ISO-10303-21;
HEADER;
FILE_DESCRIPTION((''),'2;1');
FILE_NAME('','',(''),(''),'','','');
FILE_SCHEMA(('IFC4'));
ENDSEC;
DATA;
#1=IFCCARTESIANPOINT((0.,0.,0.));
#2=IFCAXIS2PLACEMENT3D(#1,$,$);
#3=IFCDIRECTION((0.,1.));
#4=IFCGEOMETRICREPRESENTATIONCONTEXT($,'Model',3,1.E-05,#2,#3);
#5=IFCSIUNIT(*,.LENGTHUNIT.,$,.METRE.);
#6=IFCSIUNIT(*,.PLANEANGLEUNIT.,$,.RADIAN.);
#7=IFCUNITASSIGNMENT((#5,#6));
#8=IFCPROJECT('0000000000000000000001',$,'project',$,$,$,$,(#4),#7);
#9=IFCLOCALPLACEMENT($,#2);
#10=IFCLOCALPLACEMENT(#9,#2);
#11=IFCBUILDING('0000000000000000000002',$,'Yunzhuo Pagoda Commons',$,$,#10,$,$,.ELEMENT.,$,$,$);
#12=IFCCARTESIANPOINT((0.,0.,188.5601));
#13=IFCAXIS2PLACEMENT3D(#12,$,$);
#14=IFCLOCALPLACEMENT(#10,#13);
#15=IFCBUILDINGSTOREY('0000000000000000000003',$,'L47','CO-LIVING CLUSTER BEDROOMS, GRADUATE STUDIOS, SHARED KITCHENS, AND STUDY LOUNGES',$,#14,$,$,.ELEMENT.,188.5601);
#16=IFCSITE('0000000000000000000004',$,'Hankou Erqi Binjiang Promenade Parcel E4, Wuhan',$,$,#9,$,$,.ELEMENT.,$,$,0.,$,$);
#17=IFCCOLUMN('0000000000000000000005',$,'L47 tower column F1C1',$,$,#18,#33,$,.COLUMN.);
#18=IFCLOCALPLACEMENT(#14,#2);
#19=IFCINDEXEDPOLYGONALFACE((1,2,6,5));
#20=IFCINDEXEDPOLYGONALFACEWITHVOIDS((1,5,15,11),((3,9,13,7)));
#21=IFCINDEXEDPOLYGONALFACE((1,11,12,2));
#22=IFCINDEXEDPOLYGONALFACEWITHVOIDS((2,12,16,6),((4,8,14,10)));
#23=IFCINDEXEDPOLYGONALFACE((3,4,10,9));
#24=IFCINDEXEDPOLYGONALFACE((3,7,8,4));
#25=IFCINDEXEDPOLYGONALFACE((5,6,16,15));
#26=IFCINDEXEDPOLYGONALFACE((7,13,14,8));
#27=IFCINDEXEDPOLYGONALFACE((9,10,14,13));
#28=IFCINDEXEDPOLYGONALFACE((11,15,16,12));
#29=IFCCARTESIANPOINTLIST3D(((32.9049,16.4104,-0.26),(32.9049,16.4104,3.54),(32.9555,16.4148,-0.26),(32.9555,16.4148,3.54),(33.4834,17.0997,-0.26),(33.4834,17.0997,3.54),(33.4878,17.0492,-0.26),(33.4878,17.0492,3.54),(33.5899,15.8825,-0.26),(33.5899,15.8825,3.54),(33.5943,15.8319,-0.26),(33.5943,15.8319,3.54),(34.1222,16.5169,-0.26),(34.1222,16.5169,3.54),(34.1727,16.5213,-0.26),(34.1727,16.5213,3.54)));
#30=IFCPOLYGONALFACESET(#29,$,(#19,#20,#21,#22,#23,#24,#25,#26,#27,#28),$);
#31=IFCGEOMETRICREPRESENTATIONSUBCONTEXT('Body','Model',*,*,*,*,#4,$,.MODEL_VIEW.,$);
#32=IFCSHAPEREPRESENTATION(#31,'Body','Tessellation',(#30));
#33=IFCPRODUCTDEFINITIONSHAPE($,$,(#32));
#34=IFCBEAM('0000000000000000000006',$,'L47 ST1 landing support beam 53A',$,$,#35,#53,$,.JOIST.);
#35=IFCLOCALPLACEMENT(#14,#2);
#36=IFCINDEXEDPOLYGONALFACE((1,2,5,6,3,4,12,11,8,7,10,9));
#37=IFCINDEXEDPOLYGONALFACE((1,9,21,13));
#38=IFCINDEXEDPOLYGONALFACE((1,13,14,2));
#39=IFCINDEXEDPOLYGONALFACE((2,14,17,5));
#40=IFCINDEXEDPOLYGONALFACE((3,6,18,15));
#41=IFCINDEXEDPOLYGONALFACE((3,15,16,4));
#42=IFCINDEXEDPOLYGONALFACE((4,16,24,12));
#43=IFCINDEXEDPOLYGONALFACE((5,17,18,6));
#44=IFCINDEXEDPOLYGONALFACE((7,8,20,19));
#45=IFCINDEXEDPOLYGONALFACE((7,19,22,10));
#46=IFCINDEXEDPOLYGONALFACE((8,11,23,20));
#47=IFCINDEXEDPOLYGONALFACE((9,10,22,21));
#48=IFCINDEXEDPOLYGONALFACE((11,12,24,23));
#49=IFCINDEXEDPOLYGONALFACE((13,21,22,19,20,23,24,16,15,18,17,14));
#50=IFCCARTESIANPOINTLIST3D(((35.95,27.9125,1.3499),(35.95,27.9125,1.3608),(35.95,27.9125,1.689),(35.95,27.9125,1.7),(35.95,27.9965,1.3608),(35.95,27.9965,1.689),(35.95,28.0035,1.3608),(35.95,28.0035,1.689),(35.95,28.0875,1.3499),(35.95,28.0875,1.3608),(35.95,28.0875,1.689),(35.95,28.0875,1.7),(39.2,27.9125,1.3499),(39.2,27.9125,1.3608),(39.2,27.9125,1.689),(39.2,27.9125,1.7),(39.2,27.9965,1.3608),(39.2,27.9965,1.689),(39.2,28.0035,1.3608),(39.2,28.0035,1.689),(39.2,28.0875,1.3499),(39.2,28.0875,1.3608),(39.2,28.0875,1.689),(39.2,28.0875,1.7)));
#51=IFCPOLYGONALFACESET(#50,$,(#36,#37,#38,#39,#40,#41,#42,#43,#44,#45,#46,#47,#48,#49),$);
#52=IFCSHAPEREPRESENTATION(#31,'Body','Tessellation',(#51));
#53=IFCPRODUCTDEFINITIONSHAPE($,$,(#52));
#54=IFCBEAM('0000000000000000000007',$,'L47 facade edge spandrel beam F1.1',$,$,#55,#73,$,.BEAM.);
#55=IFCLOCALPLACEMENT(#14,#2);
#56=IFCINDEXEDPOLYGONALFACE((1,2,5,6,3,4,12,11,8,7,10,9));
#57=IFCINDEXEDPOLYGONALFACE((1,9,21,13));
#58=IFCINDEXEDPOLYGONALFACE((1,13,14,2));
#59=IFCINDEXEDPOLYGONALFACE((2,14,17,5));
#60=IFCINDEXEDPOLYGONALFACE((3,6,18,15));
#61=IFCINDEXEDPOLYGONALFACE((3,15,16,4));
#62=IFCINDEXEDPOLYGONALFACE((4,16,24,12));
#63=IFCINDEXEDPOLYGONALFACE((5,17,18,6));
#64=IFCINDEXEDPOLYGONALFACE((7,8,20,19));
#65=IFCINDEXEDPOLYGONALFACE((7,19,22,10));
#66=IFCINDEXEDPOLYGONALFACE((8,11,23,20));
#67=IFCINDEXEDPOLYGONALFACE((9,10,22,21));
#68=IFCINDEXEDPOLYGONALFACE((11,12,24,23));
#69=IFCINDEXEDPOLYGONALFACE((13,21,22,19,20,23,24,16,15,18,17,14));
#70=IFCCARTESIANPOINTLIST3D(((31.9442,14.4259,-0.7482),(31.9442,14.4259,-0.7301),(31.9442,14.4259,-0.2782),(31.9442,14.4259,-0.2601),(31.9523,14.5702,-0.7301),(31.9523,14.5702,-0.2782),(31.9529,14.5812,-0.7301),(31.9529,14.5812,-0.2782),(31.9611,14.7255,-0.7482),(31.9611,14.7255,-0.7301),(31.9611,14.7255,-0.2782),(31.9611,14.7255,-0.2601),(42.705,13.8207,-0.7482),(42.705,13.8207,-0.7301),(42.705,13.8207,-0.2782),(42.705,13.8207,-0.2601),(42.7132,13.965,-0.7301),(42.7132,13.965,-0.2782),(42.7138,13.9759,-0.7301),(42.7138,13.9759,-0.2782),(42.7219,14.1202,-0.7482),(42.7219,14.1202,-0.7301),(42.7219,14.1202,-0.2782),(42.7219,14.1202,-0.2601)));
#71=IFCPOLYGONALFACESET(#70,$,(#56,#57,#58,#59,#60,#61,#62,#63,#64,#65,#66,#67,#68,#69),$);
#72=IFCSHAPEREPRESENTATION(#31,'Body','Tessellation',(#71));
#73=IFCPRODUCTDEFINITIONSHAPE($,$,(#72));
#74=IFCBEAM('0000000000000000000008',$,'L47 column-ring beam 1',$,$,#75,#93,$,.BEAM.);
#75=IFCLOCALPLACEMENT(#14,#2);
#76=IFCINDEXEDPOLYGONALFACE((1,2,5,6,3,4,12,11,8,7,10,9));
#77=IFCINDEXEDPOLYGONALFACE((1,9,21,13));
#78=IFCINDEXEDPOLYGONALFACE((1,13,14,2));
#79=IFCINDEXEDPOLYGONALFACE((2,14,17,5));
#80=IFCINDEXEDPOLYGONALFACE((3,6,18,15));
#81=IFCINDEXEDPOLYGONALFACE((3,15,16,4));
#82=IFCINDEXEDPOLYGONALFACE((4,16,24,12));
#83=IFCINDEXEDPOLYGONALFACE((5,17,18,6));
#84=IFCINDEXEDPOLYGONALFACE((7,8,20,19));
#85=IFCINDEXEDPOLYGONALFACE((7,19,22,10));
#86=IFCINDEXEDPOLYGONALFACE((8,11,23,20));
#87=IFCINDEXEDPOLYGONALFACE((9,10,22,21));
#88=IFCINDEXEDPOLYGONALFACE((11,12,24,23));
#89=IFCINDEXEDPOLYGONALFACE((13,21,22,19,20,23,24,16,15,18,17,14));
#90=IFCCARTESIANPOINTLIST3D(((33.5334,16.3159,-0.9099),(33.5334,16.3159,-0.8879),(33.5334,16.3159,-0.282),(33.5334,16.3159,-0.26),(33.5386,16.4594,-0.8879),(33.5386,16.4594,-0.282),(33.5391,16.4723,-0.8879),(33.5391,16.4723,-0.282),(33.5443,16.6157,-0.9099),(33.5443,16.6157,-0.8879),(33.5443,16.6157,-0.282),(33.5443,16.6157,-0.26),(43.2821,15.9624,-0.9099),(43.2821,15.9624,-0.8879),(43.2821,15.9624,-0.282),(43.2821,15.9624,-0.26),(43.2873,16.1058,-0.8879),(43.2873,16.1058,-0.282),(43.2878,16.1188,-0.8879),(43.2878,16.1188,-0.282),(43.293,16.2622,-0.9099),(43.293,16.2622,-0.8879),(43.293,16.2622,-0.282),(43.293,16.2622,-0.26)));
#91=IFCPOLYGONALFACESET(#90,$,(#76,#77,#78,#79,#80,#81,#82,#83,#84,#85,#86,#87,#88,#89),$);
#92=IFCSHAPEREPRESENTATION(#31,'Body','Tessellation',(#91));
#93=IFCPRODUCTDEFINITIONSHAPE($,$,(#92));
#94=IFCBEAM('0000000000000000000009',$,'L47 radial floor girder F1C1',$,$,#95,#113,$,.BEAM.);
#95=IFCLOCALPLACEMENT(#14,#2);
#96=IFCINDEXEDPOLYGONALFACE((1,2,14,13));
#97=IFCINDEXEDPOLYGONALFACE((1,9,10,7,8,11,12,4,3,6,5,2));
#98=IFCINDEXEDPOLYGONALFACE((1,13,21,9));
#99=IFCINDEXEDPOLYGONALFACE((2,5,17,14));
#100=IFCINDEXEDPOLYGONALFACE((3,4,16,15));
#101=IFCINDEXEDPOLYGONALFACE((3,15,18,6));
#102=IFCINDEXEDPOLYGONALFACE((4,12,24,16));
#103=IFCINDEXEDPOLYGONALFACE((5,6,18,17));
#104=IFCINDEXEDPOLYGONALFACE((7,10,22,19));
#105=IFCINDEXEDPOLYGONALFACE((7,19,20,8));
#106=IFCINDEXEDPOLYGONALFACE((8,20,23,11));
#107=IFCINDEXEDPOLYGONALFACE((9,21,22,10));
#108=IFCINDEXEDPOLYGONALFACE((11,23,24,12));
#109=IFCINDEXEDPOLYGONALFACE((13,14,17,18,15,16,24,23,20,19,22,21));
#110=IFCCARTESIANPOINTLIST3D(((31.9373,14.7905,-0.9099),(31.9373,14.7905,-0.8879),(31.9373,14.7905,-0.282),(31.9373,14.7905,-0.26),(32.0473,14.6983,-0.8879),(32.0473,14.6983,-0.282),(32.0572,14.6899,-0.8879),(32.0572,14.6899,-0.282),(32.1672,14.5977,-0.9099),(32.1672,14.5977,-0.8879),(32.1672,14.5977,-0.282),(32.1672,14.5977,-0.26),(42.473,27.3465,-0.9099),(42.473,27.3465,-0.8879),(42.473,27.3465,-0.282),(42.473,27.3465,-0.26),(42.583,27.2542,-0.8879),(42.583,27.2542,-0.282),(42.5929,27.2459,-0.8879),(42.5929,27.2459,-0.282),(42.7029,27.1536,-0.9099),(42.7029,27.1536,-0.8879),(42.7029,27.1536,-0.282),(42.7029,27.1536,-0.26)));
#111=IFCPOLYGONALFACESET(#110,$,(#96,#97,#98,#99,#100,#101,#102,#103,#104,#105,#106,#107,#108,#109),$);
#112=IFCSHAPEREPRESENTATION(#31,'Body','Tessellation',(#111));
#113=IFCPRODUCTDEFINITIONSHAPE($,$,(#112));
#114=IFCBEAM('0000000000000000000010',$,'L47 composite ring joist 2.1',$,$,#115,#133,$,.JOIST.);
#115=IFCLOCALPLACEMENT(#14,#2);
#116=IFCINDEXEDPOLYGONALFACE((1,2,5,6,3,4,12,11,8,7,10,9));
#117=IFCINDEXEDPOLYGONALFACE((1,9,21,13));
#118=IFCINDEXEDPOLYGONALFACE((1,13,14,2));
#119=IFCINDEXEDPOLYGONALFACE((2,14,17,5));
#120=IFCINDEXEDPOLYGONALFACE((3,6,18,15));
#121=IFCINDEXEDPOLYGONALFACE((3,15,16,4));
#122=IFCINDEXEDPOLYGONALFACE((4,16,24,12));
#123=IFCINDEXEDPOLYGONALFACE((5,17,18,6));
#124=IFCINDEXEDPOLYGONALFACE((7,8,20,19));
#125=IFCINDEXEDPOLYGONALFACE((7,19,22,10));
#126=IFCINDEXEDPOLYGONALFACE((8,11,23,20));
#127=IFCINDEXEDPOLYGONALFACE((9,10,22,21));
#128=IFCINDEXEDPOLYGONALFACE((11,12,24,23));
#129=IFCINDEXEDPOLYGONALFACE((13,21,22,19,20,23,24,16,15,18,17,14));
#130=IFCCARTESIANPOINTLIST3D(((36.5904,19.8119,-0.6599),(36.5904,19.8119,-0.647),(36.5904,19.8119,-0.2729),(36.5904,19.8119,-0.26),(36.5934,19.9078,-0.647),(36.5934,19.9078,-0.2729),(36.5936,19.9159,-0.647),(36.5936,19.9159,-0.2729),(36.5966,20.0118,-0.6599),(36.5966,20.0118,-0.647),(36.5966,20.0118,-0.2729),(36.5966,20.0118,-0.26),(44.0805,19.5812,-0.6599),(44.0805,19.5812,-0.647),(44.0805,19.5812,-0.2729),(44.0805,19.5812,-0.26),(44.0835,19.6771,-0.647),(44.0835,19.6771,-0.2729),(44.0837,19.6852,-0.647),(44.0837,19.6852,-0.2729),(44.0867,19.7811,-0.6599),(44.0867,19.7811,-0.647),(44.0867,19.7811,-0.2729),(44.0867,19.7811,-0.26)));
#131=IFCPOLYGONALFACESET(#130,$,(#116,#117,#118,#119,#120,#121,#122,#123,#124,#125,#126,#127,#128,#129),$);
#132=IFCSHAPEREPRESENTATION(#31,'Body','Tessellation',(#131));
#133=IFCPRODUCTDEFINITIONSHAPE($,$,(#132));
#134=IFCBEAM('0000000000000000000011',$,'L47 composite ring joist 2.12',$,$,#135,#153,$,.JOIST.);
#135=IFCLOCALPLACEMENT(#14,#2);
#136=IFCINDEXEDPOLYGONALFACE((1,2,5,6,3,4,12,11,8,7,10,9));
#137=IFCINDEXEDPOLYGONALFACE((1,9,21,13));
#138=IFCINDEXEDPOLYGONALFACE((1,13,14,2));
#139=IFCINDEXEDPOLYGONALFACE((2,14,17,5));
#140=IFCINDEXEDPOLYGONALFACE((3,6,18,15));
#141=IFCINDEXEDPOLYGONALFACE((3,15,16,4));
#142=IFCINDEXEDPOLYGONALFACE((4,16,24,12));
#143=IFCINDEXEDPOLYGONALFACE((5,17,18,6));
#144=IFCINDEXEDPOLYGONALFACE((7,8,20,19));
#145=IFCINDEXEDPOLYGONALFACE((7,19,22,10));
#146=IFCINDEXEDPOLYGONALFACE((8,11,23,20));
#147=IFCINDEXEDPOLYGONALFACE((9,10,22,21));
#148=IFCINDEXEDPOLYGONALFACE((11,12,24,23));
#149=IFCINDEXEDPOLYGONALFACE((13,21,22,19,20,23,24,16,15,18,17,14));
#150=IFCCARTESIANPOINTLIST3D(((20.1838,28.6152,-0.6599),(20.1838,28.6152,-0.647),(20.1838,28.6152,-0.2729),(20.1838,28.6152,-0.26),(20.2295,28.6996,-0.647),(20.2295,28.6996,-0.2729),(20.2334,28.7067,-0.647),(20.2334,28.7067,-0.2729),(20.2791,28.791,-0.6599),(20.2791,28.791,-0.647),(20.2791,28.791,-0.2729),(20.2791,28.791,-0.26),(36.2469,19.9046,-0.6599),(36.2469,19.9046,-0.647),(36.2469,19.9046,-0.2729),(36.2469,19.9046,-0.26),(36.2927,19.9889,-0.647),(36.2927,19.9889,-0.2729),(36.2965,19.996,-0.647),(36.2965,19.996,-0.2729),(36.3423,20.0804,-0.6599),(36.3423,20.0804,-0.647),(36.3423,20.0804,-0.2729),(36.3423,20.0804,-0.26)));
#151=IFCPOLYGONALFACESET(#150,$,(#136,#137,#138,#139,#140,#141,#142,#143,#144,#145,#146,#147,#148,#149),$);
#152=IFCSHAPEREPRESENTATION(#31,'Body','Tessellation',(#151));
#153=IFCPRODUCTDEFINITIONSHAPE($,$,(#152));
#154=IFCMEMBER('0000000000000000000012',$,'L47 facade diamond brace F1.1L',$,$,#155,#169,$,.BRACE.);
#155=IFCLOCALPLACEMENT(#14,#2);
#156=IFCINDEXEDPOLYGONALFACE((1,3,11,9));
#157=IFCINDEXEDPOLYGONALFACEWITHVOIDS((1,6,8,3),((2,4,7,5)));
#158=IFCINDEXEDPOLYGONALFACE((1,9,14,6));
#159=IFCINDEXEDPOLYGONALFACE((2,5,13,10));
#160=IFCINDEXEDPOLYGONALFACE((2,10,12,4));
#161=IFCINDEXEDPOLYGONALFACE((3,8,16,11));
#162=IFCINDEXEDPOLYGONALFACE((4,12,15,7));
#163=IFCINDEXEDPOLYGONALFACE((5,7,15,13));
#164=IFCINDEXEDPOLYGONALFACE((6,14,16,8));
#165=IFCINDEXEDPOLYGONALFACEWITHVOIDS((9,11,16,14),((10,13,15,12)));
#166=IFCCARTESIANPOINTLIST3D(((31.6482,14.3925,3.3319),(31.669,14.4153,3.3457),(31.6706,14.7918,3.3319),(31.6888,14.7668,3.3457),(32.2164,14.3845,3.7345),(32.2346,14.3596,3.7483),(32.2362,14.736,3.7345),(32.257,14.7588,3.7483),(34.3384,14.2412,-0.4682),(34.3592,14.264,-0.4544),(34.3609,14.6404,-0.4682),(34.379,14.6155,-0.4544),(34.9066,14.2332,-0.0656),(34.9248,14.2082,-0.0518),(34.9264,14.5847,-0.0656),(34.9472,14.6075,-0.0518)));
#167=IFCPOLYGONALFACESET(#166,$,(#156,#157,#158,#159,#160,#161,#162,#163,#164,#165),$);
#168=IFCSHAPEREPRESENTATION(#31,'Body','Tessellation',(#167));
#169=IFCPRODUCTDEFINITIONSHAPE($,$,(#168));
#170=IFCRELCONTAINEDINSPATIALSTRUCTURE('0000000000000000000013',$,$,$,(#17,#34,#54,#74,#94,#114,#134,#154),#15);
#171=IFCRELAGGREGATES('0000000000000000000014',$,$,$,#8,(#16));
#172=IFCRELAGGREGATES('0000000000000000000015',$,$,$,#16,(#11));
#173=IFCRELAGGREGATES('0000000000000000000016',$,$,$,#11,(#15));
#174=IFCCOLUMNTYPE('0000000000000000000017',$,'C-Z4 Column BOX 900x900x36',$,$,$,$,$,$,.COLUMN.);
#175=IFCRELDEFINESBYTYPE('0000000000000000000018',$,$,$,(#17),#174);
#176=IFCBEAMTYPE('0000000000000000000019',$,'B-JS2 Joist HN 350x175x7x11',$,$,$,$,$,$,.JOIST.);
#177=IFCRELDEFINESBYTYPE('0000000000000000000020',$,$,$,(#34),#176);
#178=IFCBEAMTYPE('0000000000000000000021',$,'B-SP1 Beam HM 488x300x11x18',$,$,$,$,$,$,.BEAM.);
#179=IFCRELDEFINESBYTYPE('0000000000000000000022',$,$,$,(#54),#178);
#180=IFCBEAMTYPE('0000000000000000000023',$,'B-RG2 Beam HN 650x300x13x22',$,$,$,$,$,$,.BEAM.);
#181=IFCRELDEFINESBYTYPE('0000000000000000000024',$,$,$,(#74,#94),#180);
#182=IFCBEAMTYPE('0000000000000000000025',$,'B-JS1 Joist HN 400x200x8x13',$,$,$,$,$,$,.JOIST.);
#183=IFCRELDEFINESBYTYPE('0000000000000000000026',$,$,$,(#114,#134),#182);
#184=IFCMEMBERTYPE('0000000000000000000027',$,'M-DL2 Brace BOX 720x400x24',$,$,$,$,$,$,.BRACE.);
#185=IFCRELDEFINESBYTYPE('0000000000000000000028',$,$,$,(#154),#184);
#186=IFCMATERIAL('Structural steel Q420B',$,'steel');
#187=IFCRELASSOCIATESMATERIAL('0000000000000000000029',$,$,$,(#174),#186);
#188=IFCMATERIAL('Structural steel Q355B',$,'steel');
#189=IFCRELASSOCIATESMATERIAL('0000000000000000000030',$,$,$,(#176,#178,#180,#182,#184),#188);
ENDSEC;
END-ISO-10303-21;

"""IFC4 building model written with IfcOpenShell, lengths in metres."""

from ifc_helpers import new_model, si_unit, direction, frame, origin, origin_2d, place, context, subcontext, project, spatial, hollow_rectangle, i_section, extrude, source, transform, mapped, material, material_profile, profile_set, type_object, element, save


model = new_model("IFC4")

# Units and contexts
model_context = context("Model", 3, precision=1e-05, world=origin(), true_north=direction((0.0, 1.0)))
body_context = subcontext(model_context, "Body", "Model", "MODEL_VIEW")
ifc_project = project(units=[si_unit("LENGTHUNIT", "METRE"), si_unit("PLANEANGLEUNIT", "RADIAN")], contexts=[model_context])

# Site, building, storey
site_placement = place(None, origin())
site = spatial("IfcSite", under=ifc_project, at=site_placement, Name="Hankou Erqi Binjiang Promenade Parcel E4, Wuhan", CompositionType="ELEMENT", RefElevation=0.0)
building_placement = place(site_placement, origin())
building = spatial("IfcBuilding", under=site, at=building_placement, Name="Yunzhuo Pagoda Commons", CompositionType="ELEMENT")
storey_placement = place(building_placement, frame((0.0, 0.0, 188.5601)))
storey = spatial("IfcBuildingStorey", under=building, at=storey_placement, Name="L47", Description="CO-LIVING CLUSTER BEDROOMS, GRADUATE STUDIOS, SHARED KITCHENS, AND STUDY LOUNGES", CompositionType="ELEMENT", Elevation=188.5601)

# Column
ifc_material_1 = material(Name="Structural steel Q420B", Category="steel")
ifc_material_profile_1 = material_profile(ifc_material_1, hollow_rectangle(XDim=0.8999, YDim=0.8999, WallThickness=0.0359, at=origin_2d()), Name="Structural steel Q420B")
ifc_profile_set_1 = profile_set([ifc_material_profile_1], Name="Structural steel Q420B")
column_type = type_object("IfcColumnType", Name="C-Z4 Column BOX 900x900x36", PredefinedType="COLUMN", material=ifc_profile_set_1)
shared_shape_1 = source(origin(), body_context, "Body", "SweptSolid", [
    extrude(hollow_rectangle(XDim=0.8999, YDim=0.8999, WallThickness=0.0359, at=origin_2d()), origin(), (0.0, 0.0, 1.0), 3.8),
])
column_placement = place(storey_placement, frame((33.5388, 16.4658, -0.26), z_axis=(0.0, 0.0, 1.0), x_axis=(0.766044, -0.642788, 0.0)))
element("IfcColumn", 1, at=column_placement, inside=storey, type_object=column_type, Name="L47 tower column F1C1", PredefinedType="COLUMN", context=body_context, shape_type="MappedRepresentation", body=[
    mapped(shared_shape_1, transform((0.0, 0.0, 0.0), scale=1.0)),
])

# Beams
ifc_material_2 = material(Name="Structural steel Q355B", Category="steel")
ifc_material_profile_2 = material_profile(ifc_material_2, i_section(OverallWidth=0.175, OverallDepth=0.3501, WebThickness=0.0071, FlangeThickness=0.011, at=origin_2d()), Name="Structural steel Q355B")
ifc_profile_set_2 = profile_set([ifc_material_profile_2], Name="Structural steel Q355B")
beam_type_1 = type_object("IfcBeamType", Name="B-JS2 Joist HN 350x175x7x11", PredefinedType="JOIST", material=ifc_profile_set_2)
shared_shape_2 = source(origin(), body_context, "Body", "SweptSolid", [
    extrude(i_section(OverallWidth=0.175, OverallDepth=0.3501, WebThickness=0.0071, FlangeThickness=0.011, at=origin_2d()), origin(), (0.0, 0.0, 1.0), 3.25),
])
beam_1_placement = place(storey_placement, frame((35.95, 28.0, 1.5249), z_axis=(1.0, 0.0, 0.0), x_axis=(0.0, 1.0, 0.0)))
element("IfcBeam", 2, at=beam_1_placement, inside=storey, type_object=beam_type_1, Name="L47 ST1 landing support beam 53A", PredefinedType="JOIST", context=body_context, shape_type="MappedRepresentation", body=[
    mapped(shared_shape_2, transform((0.0, 0.0, 0.0), scale=1.0)),
])
ifc_material_profile_3 = material_profile(ifc_material_2, i_section(OverallWidth=0.3, OverallDepth=0.488, WebThickness=0.011, FlangeThickness=0.0181, at=origin_2d()), Name="Structural steel Q355B")
ifc_profile_set_3 = profile_set([ifc_material_profile_3], Name="Structural steel Q355B")
beam_type_2 = type_object("IfcBeamType", Name="B-SP1 Beam HM 488x300x11x18", PredefinedType="BEAM", material=ifc_profile_set_3)
shared_shape_3 = source(origin(), body_context, "Body", "SweptSolid", [
    extrude(i_section(OverallWidth=0.3, OverallDepth=0.488, WebThickness=0.011, FlangeThickness=0.0181, at=origin_2d()), origin(), (0.0, 0.0, 1.0), 10.7778),
])
beam_2_placement = place(storey_placement, frame((31.9526, 14.5757, -0.5042), z_axis=(0.998422, -0.056155, 0.0), x_axis=(0.056155, 0.998422, 0.0)))
element("IfcBeam", 3, at=beam_2_placement, inside=storey, type_object=beam_type_2, Name="L47 facade edge spandrel beam F1.1", PredefinedType="BEAM", context=body_context, shape_type="MappedRepresentation", body=[
    mapped(shared_shape_3, transform((0.0, 0.0, 0.0), scale=1.0)),
])
ifc_material_profile_4 = material_profile(ifc_material_2, i_section(OverallWidth=0.3, OverallDepth=0.6499, WebThickness=0.0129, FlangeThickness=0.022, at=origin_2d()), Name="Structural steel Q355B")
ifc_profile_set_4 = profile_set([ifc_material_profile_4], Name="Structural steel Q355B")
beam_type_3 = type_object("IfcBeamType", Name="B-RG2 Beam HN 650x300x13x22", PredefinedType="BEAM", material=ifc_profile_set_4)
shared_shape_4 = source(origin(), body_context, "Body", "SweptSolid", [
    extrude(i_section(OverallWidth=0.3, OverallDepth=0.6499, WebThickness=0.0129, FlangeThickness=0.022, at=origin_2d()), origin(), (0.0, 0.0, 1.0), 9.7551),
])
beam_3_placement = place(storey_placement, frame((33.5388, 16.4658, -0.585), z_axis=(0.999343, -0.036239, 0.0), x_axis=(0.036239, 0.999343, 0.0)))
element("IfcBeam", 4, at=beam_3_placement, inside=storey, type_object=beam_type_3, Name="L47 column-ring beam 1", PredefinedType="BEAM", context=body_context, shape_type="MappedRepresentation", body=[
    mapped(shared_shape_4, transform((0.0, 0.0, 0.0), scale=1.0)),
])
shared_shape_5 = source(origin(), body_context, "Body", "SweptSolid", [
    extrude(i_section(OverallWidth=0.3, OverallDepth=0.6499, WebThickness=0.0129, FlangeThickness=0.022, at=origin_2d()), origin(), (0.0, 0.0, 1.0), 16.3906),
])
beam_4_placement = place(storey_placement, frame((32.0522, 14.6941, -0.585), z_axis=(0.642787, 0.766045, 0.0), x_axis=(-0.766045, 0.642787, 0.0)))
element("IfcBeam", 5, at=beam_4_placement, inside=storey, type_object=beam_type_3, Name="L47 radial floor girder F1C1", PredefinedType="BEAM", context=body_context, shape_type="MappedRepresentation", body=[
    mapped(shared_shape_5, transform((0.0, 0.0, 0.0), scale=1.0)),
])
ifc_material_profile_5 = material_profile(ifc_material_2, i_section(OverallWidth=0.2, OverallDepth=0.3999, WebThickness=0.0081, FlangeThickness=0.0129, at=origin_2d()), Name="Structural steel Q355B")
ifc_profile_set_5 = profile_set([ifc_material_profile_5], Name="Structural steel Q355B")
beam_type_4 = type_object("IfcBeamType", Name="B-JS1 Joist HN 400x200x8x13", PredefinedType="JOIST", material=ifc_profile_set_5)
shared_shape_6 = source(origin(), body_context, "Body", "SweptSolid", [
    extrude(i_section(OverallWidth=0.2, OverallDepth=0.3999, WebThickness=0.0081, FlangeThickness=0.0129, at=origin_2d()), origin(), (0.0, 0.0, 1.0), 7.4937),
])
beam_5_placement = place(storey_placement, frame((36.5935, 19.9119, -0.46), z_axis=(0.999526, -0.030788, 0.0), x_axis=(0.030788, 0.999526, 0.0)))
element("IfcBeam", 6, at=beam_5_placement, inside=storey, type_object=beam_type_4, Name="L47 composite ring joist 2.1", PredefinedType="JOIST", context=body_context, shape_type="MappedRepresentation", body=[
    mapped(shared_shape_6, transform((0.0, 0.0, 0.0), scale=1.0)),
])
shared_shape_7 = source(origin(), body_context, "Body", "SweptSolid", [
    extrude(i_section(OverallWidth=0.2, OverallDepth=0.3999, WebThickness=0.0081, FlangeThickness=0.0129, at=origin_2d()), origin(), (0.0, 0.0, 1.0), 18.2729),
])
beam_6_placement = place(storey_placement, frame((20.2314, 28.7031, -0.46), z_axis=(0.879068, -0.476697, 0.0), x_axis=(0.476697, 0.879068, 0.0)))
element("IfcBeam", 7, at=beam_6_placement, inside=storey, type_object=beam_type_4, Name="L47 composite ring joist 2.12", PredefinedType="JOIST", context=body_context, shape_type="MappedRepresentation", body=[
    mapped(shared_shape_7, transform((0.0, 0.0, 0.0), scale=1.0)),
])

# Member
ifc_material_profile_6 = material_profile(ifc_material_2, hollow_rectangle(XDim=0.3999, YDim=0.72, WallThickness=0.0239, at=origin_2d()), Name="Structural steel Q355B")
ifc_profile_set_6 = profile_set([ifc_material_profile_6], Name="Structural steel Q355B")
member_type_1 = type_object("IfcMemberType", Name="M-DL2 Brace BOX 720x400x24", PredefinedType="BRACE", material=ifc_profile_set_6)
shared_shape_8 = source(origin(), body_context, "Body", "SweptSolid", [
    extrude(hollow_rectangle(XDim=0.3999, YDim=0.72, WallThickness=0.0239, at=origin_2d()), origin(), (0.0, 0.0, 1.0), 4.6584),
])
member_1_placement = place(storey_placement, frame((34.6428, 14.4243, -0.26), z_axis=(-0.577495, 0.032494, 0.815747), x_axis=(-0.056178, -0.998421, 0.0)))
element("IfcMember", 8, at=member_1_placement, inside=storey, type_object=member_type_1, Name="L47 facade diamond brace F1.1L", PredefinedType="BRACE", context=body_context, shape_type="MappedRepresentation", body=[
    mapped(shared_shape_8, transform((0.0, 0.0, 0.0), scale=1.0)),
])

save(model, "model.ifc")
